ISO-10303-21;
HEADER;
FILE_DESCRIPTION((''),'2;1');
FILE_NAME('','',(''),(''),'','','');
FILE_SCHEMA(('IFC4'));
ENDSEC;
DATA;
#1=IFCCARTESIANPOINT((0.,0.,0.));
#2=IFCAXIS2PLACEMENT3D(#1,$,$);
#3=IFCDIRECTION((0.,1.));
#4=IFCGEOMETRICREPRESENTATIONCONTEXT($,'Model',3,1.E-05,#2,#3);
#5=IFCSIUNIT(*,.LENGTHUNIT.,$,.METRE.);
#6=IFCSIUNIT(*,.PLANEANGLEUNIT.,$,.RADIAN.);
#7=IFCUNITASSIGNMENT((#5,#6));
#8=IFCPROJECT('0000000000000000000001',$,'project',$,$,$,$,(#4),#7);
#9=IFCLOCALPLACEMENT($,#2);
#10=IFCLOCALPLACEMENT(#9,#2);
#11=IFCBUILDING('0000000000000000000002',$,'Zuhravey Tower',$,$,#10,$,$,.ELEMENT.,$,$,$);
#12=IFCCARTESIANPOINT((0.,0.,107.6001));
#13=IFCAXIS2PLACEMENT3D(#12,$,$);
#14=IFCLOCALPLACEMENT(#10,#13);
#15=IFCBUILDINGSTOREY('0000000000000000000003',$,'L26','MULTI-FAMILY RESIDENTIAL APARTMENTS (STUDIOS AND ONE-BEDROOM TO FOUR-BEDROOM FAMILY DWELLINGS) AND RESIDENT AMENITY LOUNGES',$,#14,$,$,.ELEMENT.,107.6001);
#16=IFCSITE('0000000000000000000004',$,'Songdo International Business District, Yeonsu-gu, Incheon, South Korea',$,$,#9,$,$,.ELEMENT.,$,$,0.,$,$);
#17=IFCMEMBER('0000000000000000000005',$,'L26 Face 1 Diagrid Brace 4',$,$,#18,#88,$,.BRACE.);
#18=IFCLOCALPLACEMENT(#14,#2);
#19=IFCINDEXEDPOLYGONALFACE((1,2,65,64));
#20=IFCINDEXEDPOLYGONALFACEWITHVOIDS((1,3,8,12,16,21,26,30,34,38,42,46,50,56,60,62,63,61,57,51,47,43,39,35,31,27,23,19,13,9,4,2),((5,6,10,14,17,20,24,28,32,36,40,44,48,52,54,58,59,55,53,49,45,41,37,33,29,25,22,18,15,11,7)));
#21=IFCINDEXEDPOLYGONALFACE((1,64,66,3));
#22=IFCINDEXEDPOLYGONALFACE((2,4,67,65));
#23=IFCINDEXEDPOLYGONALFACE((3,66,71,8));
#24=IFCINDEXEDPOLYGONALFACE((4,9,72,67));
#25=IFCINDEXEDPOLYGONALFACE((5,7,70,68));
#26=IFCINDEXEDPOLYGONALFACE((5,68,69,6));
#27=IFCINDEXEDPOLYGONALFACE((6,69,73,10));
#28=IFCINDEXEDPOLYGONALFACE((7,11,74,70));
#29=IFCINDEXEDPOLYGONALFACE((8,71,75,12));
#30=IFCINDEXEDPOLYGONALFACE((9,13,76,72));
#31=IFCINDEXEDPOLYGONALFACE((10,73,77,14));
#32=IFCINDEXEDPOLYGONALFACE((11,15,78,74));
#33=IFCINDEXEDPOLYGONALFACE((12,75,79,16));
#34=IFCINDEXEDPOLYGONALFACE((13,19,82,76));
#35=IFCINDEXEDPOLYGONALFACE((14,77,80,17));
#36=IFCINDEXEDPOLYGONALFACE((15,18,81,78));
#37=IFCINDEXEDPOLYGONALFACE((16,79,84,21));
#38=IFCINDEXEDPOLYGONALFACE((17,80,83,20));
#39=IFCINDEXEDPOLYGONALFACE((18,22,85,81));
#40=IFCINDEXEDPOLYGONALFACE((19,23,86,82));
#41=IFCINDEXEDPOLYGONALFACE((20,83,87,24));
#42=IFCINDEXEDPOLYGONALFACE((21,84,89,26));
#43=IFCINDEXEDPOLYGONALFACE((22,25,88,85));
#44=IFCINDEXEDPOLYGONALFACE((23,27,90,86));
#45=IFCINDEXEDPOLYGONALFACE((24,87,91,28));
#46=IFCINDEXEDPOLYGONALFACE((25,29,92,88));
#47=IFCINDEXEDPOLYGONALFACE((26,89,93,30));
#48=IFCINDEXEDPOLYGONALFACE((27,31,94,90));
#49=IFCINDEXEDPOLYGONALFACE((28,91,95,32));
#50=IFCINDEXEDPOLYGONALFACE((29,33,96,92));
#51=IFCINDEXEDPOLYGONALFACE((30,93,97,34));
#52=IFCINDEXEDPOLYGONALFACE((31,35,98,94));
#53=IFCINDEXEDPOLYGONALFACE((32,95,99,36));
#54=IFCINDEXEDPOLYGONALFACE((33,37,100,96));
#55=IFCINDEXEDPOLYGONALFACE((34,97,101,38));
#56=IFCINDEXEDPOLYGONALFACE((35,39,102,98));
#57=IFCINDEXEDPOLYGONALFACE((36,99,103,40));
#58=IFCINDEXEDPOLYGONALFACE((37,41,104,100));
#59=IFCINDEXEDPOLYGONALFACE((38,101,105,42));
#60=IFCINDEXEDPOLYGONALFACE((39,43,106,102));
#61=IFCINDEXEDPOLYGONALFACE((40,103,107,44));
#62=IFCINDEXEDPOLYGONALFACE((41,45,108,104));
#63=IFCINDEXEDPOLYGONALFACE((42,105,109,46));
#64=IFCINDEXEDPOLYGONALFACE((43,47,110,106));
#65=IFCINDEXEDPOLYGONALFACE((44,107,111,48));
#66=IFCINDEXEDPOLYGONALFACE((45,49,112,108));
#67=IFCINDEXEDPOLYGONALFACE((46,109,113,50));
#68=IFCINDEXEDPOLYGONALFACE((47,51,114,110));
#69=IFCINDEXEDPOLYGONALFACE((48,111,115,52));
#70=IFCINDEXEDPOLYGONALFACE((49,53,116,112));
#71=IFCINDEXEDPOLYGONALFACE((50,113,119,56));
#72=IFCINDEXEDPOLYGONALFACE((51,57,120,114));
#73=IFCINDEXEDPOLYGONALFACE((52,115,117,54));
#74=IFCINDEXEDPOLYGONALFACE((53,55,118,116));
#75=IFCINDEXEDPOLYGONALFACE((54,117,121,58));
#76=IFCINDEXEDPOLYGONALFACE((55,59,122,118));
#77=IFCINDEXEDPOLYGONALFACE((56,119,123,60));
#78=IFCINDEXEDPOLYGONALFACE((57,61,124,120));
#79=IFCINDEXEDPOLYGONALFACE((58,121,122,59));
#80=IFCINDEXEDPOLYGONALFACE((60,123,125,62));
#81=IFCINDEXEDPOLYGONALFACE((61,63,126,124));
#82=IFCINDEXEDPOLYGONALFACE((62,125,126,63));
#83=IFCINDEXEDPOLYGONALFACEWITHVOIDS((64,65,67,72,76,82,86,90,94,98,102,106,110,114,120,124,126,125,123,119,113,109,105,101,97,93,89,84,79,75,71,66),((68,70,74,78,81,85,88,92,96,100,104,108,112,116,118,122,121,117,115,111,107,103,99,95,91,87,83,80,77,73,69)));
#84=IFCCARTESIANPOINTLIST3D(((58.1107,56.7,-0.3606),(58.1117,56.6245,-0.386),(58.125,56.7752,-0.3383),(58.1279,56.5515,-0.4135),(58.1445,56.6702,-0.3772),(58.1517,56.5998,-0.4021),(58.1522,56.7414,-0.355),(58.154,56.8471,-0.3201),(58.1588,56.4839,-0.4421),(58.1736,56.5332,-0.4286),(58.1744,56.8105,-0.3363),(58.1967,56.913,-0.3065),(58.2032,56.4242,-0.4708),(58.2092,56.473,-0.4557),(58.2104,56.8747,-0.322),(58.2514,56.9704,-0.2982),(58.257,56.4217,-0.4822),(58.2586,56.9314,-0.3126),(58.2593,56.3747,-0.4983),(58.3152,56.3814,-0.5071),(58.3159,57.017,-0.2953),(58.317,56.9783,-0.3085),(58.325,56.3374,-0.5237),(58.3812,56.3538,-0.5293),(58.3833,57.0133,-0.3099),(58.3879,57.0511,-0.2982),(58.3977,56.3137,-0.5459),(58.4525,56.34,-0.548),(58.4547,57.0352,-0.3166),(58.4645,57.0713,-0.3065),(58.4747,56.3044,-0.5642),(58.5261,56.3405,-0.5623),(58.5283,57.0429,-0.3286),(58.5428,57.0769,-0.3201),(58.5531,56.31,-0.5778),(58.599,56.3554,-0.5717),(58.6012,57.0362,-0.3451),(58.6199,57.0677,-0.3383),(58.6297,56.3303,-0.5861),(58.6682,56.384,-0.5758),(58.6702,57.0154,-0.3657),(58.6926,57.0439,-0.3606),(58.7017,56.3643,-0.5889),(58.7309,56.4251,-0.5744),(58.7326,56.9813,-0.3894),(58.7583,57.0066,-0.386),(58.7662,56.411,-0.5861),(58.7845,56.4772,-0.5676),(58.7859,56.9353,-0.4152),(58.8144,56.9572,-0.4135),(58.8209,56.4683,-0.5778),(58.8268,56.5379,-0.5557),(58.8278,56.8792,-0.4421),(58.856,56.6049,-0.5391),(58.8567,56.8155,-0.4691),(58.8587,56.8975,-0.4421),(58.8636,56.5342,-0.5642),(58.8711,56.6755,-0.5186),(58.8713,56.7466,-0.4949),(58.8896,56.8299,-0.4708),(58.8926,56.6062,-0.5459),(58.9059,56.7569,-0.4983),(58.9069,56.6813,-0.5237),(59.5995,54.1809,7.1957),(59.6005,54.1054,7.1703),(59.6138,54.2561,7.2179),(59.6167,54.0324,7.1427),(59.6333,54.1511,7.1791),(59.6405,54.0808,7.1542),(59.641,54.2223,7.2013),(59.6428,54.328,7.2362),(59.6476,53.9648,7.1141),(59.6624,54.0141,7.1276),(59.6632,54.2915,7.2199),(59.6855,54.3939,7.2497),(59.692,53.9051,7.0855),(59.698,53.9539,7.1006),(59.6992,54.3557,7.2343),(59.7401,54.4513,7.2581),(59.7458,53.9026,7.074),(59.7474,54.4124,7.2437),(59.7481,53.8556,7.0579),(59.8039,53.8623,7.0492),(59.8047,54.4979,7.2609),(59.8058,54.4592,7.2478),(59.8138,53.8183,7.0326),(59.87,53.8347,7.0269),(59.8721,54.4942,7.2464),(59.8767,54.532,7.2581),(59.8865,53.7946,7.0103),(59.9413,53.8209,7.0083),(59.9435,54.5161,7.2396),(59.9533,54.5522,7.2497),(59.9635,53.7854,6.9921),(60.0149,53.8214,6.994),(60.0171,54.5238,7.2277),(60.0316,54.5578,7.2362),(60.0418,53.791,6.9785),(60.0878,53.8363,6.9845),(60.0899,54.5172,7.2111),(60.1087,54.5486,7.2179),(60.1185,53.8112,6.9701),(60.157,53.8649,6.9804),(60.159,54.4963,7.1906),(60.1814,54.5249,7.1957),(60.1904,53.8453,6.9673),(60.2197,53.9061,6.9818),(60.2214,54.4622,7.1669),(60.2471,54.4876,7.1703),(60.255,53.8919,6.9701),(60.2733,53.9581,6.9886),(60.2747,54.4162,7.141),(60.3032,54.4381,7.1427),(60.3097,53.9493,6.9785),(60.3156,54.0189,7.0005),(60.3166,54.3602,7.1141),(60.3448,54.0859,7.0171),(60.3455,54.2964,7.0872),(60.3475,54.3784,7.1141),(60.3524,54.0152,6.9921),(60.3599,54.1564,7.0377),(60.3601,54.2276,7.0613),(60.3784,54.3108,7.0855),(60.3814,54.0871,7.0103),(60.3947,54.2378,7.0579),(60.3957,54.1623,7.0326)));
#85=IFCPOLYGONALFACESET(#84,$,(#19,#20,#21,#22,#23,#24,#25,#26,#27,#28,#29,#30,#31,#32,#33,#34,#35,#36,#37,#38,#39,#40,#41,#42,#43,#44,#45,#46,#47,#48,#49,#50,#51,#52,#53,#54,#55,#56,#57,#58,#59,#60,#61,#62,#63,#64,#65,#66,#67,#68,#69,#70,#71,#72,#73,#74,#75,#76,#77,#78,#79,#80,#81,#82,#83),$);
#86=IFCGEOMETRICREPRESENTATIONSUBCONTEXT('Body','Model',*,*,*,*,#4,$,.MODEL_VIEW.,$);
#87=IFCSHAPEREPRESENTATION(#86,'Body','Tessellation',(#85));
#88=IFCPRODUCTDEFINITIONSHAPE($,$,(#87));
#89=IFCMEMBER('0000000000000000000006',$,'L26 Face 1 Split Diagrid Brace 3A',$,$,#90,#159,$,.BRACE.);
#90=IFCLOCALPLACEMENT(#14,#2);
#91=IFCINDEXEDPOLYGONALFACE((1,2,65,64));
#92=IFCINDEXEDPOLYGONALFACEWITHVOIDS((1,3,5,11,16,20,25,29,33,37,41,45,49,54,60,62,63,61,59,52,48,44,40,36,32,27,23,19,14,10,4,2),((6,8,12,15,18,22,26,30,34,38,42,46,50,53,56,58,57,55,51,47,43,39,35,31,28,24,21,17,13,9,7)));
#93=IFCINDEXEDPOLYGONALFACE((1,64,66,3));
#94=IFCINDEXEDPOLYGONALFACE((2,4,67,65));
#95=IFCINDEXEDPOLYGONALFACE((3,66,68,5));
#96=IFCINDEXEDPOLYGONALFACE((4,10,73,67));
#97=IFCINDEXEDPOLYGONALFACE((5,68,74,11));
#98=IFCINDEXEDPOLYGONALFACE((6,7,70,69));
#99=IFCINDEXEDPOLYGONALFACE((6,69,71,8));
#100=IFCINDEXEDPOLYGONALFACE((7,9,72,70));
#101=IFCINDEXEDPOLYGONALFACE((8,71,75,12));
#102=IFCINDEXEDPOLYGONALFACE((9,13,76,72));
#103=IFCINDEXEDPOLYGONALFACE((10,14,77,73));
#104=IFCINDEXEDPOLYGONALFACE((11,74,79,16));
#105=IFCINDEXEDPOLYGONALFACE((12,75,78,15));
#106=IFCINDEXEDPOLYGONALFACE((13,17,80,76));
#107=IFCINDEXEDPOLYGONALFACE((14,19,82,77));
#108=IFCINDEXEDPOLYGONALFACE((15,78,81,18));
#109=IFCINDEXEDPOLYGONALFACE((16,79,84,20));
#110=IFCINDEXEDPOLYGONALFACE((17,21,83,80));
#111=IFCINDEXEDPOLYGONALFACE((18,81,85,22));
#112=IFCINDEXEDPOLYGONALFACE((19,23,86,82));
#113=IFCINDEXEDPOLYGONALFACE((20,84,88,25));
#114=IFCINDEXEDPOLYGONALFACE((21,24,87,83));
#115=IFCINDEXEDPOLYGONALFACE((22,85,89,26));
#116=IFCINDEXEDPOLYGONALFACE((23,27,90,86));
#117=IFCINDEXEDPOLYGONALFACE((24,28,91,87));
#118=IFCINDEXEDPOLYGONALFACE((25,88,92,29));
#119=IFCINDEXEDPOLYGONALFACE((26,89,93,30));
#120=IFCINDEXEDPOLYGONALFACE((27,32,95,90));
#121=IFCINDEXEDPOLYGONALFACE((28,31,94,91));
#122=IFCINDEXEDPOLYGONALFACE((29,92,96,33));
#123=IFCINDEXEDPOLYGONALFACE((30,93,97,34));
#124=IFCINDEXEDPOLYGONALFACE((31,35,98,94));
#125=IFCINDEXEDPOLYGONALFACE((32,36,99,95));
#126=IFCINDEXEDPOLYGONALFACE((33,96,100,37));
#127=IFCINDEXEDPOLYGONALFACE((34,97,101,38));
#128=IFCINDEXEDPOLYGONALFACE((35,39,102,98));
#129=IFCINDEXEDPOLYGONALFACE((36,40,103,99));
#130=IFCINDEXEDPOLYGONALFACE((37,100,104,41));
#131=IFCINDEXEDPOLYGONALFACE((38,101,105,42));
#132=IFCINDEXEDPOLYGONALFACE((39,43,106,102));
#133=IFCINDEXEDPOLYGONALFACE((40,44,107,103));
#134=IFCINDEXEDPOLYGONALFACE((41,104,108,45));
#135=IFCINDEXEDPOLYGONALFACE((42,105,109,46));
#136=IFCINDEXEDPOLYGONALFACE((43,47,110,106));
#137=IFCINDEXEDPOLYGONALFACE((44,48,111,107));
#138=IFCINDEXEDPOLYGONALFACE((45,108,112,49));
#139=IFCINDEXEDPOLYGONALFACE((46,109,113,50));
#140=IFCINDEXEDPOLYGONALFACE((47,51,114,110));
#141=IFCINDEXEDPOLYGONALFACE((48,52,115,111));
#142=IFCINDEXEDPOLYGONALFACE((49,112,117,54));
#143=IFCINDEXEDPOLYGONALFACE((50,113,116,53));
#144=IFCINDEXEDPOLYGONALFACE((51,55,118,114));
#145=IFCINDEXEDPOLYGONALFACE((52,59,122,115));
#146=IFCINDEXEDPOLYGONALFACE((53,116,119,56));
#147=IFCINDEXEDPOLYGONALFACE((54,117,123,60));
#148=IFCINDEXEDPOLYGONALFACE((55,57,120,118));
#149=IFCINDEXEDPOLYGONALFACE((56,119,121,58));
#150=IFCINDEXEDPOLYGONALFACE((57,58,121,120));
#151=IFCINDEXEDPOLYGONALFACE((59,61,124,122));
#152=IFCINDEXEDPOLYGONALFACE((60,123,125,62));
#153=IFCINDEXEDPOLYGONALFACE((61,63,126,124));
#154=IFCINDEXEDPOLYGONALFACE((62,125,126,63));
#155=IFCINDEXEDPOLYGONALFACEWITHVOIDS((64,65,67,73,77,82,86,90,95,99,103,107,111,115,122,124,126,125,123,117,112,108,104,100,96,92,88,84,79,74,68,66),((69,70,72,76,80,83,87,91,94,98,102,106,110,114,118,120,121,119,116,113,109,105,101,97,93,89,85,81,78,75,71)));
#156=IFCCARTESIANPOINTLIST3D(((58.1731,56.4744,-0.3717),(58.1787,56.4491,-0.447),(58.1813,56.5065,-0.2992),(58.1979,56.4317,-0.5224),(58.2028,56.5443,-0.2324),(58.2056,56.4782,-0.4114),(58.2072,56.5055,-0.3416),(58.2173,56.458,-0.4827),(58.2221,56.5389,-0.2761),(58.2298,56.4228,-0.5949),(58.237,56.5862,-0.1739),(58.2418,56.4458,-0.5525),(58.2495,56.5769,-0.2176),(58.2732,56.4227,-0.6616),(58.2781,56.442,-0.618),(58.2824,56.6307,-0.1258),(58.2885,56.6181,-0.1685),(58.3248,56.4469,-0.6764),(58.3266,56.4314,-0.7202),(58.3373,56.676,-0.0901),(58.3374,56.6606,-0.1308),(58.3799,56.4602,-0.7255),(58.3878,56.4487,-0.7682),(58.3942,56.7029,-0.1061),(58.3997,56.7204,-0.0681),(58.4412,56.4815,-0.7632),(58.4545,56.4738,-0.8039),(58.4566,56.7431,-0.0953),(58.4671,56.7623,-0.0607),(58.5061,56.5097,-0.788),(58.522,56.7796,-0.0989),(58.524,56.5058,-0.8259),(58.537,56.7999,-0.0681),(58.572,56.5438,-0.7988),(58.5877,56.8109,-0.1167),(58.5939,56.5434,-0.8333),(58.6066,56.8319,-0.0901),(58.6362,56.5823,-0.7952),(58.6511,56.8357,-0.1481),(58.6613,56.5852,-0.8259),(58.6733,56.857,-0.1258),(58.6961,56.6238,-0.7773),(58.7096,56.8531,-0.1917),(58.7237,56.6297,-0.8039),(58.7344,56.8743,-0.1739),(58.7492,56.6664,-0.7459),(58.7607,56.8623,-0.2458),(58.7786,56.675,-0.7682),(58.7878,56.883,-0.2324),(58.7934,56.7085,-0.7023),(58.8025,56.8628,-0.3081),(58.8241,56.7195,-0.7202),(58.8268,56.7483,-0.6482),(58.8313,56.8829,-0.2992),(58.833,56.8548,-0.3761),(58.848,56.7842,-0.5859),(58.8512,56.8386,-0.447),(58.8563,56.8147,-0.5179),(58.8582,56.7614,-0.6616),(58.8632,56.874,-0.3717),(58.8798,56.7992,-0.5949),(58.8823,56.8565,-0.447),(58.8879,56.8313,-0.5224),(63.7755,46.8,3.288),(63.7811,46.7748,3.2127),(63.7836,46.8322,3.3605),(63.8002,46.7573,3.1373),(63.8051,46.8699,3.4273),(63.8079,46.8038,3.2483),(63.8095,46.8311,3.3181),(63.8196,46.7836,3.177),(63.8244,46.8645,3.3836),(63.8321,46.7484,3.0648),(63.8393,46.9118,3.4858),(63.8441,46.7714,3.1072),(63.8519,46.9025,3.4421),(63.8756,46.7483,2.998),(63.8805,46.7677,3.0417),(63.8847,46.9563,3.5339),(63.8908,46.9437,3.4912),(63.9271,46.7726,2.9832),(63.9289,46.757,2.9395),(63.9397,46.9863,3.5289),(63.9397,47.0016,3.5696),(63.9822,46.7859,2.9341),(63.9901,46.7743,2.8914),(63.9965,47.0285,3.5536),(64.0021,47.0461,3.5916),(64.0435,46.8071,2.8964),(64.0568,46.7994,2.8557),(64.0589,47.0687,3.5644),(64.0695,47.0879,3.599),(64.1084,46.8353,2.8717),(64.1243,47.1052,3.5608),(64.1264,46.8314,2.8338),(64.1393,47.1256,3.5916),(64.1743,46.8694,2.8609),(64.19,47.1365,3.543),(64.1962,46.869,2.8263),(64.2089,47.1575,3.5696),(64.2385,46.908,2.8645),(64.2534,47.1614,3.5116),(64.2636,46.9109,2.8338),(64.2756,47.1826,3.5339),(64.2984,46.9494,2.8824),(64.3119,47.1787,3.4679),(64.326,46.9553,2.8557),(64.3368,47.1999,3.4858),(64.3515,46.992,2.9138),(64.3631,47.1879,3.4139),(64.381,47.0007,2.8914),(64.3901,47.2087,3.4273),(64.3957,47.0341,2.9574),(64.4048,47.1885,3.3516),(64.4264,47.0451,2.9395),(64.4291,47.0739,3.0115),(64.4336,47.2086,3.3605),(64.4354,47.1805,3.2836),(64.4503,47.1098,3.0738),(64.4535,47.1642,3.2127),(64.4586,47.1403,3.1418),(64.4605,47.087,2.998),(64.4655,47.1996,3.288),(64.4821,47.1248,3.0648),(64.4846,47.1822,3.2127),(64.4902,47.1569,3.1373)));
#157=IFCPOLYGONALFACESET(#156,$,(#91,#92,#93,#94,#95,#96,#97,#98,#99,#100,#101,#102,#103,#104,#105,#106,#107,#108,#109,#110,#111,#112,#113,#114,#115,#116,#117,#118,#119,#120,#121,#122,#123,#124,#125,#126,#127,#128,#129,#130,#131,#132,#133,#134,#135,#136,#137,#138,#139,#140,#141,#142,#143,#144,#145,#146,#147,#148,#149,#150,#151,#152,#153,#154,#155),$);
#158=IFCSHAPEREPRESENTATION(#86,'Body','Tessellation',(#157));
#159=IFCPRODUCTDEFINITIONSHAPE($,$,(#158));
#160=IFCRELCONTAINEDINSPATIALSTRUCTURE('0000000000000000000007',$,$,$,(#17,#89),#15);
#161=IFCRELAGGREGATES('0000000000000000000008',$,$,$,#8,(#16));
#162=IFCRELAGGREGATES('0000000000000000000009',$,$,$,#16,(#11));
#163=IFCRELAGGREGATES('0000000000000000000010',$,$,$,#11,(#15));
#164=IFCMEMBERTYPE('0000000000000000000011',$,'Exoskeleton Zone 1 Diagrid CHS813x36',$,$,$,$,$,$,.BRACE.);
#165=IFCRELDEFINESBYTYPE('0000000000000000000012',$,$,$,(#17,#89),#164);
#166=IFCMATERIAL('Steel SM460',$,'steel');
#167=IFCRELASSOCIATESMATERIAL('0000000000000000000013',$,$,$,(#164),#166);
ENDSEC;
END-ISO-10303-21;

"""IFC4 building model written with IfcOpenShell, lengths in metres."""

from ifc_helpers import new_model, si_unit, direction, frame, origin, origin_2d, place, context, subcontext, project, spatial, hollow_circle, extrude, material, material_profile, profile_set, type_object, element, save


model = new_model("IFC4")

# Units and contexts
model_context = context("Model", 3, precision=1e-05, world=origin(), true_north=direction((0.0, 1.0)))
body_context = subcontext(model_context, "Body", "Model", "MODEL_VIEW")
ifc_project = project(units=[si_unit("LENGTHUNIT", "METRE"), si_unit("PLANEANGLEUNIT", "RADIAN")], contexts=[model_context])

# Site, building, storey
site_placement = place(None, origin())
site = spatial("IfcSite", under=ifc_project, at=site_placement, Name="Songdo International Business District, Yeonsu-gu, Incheon, South Korea", CompositionType="ELEMENT", RefElevation=0.0)
building_placement = place(site_placement, origin())
building = spatial("IfcBuilding", under=site, at=building_placement, Name="Zuhravey Tower", CompositionType="ELEMENT")
storey_placement = place(building_placement, frame((0.0, 0.0, 107.6001)))
storey = spatial("IfcBuildingStorey", under=building, at=storey_placement, Name="L26", Description="MULTI-FAMILY RESIDENTIAL APARTMENTS (STUDIOS AND ONE-BEDROOM TO FOUR-BEDROOM FAMILY DWELLINGS) AND RESIDENT AMENITY LOUNGES", CompositionType="ELEMENT", Elevation=107.6001)

# Members
ifc_material_1 = material(Name="Steel SM460", Category="steel")
ifc_material_profile_1 = material_profile(ifc_material_1, hollow_circle(Radius=0.4065, WallThickness=0.0359, at=origin_2d()), Name="CHS-812.8x36")
ifc_profile_set_1 = profile_set([ifc_material_profile_1], Name="Steel SM460")
member_type_1 = type_object("IfcMemberType", Name="Exoskeleton Zone 1 Diagrid CHS813x36", PredefinedType="BRACE", material=ifc_profile_set_1)
member_1_placement = place(storey_placement, frame((58.5088, 56.6907, -0.4421), z_axis=(0.183732, -0.310881, 0.932521), x_axis=(0.86089, 0.508791, 0.0)))
element("IfcMember", 1, at=member_1_placement, inside=storey, type_object=member_type_1, Name="L26 Face 1 Diagrid Brace 4", PredefinedType="BRACE", context=body_context, shape_type="SweptSolid", body=[
    extrude(hollow_circle(Radius=0.4065, WallThickness=0.0359, at=origin_2d()), origin(), (0.0, 0.0, 1.0), 8.103),
])
member_2_placement = place(storey_placement, frame((58.5305, 56.6528, -0.447), z_axis=(0.476259, -0.822427, 0.311113), x_axis=(0.865373, 0.501128, 0.0)))
element("IfcMember", 2, at=member_2_placement, inside=storey, type_object=member_type_1, Name="L26 Face 1 Split Diagrid Brace 3A", PredefinedType="BRACE", context=body_context, shape_type="SweptSolid", body=[
    extrude(hollow_circle(Radius=0.4065, WallThickness=0.0359, at=origin_2d()), origin(), (0.0, 0.0, 1.0), 11.7632),
])

save(model, "model.ifc")
